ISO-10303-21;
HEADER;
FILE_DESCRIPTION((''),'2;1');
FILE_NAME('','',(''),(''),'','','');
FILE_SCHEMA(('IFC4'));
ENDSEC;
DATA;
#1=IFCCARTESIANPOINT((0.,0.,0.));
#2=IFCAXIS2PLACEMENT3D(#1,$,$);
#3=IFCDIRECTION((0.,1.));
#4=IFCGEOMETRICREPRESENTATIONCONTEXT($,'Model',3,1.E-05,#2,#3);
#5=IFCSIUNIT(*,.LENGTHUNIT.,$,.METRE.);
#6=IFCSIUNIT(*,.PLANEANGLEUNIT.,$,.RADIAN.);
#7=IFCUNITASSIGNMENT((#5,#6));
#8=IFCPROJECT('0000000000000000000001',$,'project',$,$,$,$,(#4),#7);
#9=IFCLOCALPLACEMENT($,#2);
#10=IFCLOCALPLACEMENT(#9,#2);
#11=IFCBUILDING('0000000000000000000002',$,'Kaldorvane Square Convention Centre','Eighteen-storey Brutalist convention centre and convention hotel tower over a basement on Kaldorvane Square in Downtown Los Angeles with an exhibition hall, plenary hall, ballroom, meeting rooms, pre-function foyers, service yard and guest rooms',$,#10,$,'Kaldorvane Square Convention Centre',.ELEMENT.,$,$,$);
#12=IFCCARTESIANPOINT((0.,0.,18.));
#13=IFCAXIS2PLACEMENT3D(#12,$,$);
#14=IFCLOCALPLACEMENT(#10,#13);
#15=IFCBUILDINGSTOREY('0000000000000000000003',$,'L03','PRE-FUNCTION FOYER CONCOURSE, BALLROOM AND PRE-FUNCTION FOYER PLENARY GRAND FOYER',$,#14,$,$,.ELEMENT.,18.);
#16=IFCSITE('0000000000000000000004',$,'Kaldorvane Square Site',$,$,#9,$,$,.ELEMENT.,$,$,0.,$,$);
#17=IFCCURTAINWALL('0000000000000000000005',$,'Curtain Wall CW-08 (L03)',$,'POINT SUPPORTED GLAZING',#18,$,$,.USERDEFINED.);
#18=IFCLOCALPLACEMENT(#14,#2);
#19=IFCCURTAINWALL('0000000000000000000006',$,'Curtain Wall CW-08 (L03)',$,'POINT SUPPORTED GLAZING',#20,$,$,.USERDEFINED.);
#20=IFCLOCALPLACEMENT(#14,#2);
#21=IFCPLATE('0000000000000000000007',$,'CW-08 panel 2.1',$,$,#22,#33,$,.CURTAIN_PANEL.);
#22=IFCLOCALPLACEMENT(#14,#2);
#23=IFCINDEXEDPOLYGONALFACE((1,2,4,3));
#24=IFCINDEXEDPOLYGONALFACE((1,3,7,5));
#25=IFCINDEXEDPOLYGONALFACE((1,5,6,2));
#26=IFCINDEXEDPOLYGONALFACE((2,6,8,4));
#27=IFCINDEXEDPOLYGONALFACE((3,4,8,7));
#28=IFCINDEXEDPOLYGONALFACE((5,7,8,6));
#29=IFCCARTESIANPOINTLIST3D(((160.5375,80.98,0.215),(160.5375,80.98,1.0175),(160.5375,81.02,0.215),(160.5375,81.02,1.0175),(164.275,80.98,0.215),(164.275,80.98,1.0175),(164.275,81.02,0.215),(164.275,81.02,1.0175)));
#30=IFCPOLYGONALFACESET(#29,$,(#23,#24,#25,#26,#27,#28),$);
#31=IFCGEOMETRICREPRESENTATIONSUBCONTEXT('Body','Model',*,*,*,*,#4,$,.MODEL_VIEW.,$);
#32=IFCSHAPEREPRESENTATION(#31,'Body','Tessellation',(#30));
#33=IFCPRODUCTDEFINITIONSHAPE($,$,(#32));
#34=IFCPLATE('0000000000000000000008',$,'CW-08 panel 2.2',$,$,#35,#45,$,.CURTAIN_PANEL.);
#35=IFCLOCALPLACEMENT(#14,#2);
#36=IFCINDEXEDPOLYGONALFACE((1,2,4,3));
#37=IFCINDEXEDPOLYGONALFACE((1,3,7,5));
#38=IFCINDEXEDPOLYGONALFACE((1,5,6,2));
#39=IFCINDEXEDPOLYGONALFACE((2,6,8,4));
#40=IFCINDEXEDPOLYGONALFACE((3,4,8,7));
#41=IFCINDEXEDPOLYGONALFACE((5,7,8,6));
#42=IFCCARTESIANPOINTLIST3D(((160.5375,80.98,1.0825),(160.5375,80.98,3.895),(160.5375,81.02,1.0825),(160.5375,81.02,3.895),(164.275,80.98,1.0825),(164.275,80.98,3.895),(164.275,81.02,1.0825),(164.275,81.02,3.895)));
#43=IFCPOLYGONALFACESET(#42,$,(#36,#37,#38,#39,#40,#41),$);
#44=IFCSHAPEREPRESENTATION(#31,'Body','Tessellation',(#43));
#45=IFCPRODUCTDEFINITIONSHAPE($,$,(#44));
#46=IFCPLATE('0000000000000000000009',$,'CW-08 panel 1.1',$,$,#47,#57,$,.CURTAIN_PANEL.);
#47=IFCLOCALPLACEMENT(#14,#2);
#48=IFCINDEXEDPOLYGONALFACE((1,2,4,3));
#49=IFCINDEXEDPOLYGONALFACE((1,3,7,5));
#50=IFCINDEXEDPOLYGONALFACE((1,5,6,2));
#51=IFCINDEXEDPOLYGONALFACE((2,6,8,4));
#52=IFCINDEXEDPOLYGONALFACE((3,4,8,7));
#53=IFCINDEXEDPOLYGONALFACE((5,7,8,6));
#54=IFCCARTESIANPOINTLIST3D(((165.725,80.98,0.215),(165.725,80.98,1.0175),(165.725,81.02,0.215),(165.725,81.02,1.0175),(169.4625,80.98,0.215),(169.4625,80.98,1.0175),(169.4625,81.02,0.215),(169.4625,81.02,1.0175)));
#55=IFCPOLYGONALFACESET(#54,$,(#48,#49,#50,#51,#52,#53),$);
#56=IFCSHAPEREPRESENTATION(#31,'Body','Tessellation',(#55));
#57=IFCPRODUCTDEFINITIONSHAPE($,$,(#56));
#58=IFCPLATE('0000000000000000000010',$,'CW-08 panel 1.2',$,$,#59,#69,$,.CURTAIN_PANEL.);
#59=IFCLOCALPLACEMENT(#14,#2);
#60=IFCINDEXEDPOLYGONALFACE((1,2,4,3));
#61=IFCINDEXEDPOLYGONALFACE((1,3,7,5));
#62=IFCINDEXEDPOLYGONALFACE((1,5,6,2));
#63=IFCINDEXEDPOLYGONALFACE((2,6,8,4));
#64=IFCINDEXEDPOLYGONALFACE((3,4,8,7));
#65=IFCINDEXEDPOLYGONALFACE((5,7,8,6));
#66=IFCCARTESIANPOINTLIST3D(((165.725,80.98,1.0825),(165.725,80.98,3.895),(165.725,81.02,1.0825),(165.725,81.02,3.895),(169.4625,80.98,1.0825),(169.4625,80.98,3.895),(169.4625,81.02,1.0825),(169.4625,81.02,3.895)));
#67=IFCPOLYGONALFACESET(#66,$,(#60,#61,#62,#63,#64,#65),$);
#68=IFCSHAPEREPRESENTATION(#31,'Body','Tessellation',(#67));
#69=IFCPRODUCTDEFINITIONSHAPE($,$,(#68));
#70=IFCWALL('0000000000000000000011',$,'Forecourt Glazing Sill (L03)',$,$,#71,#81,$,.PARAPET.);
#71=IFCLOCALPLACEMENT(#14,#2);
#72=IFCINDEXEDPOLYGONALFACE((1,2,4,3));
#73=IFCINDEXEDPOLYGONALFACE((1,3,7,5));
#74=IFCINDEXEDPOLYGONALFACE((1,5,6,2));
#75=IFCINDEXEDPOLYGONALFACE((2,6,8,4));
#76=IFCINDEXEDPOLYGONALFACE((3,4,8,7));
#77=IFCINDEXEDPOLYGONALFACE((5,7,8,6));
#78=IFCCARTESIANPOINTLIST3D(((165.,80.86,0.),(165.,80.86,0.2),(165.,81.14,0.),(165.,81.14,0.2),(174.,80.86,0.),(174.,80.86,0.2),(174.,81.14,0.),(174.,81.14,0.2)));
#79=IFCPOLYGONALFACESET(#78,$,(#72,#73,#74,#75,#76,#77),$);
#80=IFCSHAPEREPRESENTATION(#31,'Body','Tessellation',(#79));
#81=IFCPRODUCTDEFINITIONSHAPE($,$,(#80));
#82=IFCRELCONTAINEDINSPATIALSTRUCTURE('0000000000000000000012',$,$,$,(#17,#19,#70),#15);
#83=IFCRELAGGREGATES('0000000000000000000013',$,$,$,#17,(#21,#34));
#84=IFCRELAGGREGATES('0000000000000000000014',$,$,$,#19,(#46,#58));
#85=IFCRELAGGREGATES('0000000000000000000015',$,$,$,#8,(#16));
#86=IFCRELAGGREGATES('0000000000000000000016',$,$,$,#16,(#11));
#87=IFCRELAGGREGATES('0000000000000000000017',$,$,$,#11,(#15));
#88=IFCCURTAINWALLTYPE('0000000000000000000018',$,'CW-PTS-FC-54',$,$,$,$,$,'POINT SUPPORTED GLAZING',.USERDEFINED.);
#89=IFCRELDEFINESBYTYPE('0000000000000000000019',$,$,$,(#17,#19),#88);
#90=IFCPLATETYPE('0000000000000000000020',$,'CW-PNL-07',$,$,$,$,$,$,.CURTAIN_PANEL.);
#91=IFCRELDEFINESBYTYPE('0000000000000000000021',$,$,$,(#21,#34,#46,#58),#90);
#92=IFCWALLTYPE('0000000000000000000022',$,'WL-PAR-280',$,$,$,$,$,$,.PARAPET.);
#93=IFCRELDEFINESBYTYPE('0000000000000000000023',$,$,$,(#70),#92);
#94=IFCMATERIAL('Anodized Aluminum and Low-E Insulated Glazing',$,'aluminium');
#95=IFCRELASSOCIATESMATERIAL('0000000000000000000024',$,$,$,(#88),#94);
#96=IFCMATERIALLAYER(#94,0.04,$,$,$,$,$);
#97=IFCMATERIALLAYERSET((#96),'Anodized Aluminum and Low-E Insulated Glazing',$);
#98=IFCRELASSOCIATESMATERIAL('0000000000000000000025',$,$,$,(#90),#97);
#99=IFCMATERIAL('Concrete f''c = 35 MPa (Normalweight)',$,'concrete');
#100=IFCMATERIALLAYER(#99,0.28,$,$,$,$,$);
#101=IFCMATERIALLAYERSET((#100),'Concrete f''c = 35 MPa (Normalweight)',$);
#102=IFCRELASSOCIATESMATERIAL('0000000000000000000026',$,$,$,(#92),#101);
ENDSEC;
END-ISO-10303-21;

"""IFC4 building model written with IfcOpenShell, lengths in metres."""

from ifc_helpers import new_model, si_unit, direction, frame, frame_2d, origin, origin_2d, place, context, subcontext, project, spatial, rectangle, extrude, material, layer, layer_set, type_object, element, aggregate, save


model = new_model("IFC4")

# Units and contexts
model_context = context("Model", 3, precision=1e-05, world=origin(), true_north=direction((0.0, 1.0)))
body_context = subcontext(model_context, "Body", "Model", "MODEL_VIEW")
ifc_project = project(units=[si_unit("LENGTHUNIT", "METRE"), si_unit("PLANEANGLEUNIT", "RADIAN")], contexts=[model_context])

# Site, building, storey
site_placement = place(None, origin())
site = spatial("IfcSite", under=ifc_project, at=site_placement, Name="Kaldorvane Square Site", CompositionType="ELEMENT", RefElevation=0.0)
building_placement = place(site_placement, origin())
building = spatial("IfcBuilding", under=site, at=building_placement, Name="Kaldorvane Square Convention Centre", Description="Eighteen-storey Brutalist convention centre and convention hotel tower over a basement on Kaldorvane Square in Downtown Los Angeles with an exhibition hall, plenary hall, ballroom, meeting rooms, pre-function foyers, service yard and guest rooms", LongName="Kaldorvane Square Convention Centre", CompositionType="ELEMENT")
storey_placement = place(building_placement, frame((0.0, 0.0, 18.0)))
storey = spatial("IfcBuildingStorey", under=building, at=storey_placement, Name="L03", Description="PRE-FUNCTION FOYER CONCOURSE, BALLROOM AND PRE-FUNCTION FOYER PLENARY GRAND FOYER", CompositionType="ELEMENT", Elevation=18.0)

# Curtain walls
ifc_material_1 = material(Name="Anodized Aluminum and Low-E Insulated Glazing", Category="aluminium")
curtain_wall_type = type_object("IfcCurtainWallType", Name="CW-PTS-FC-54", ElementType="POINT SUPPORTED GLAZING", PredefinedType="USERDEFINED", material=ifc_material_1)
curtain_wall_1_placement = place(storey_placement, origin())
curtain_wall_1 = element("IfcCurtainWall", 1, at=curtain_wall_1_placement, inside=storey, type_object=curtain_wall_type, Name="Curtain Wall CW-08 (L03)", ObjectType="POINT SUPPORTED GLAZING", PredefinedType="USERDEFINED")
curtain_wall_2_placement = place(storey_placement, origin())
curtain_wall_2 = element("IfcCurtainWall", 2, at=curtain_wall_2_placement, inside=storey, type_object=curtain_wall_type, Name="Curtain Wall CW-08 (L03)", ObjectType="POINT SUPPORTED GLAZING", PredefinedType="USERDEFINED")

# Plates
ifc_layer_1 = layer(ifc_material_1, 0.04)
ifc_layer_set_1 = layer_set([ifc_layer_1], Name="Anodized Aluminum and Low-E Insulated Glazing")
plate_type = type_object("IfcPlateType", Name="CW-PNL-07", PredefinedType="CURTAIN_PANEL", material=ifc_layer_set_1)
plate_1_placement = place(storey_placement, frame((162.4062, 81.0, 0.215), z_axis=(0.0, 0.0, 1.0), x_axis=(1.0, 0.0, 0.0)))
plate_1 = element("IfcPlate", 3, at=plate_1_placement, type_object=plate_type, Name="CW-08 panel 2.1", PredefinedType="CURTAIN_PANEL", context=body_context, shape_type="SweptSolid", body=[
    extrude(rectangle(XDim=3.7375, YDim=0.04, at=origin_2d()), origin(), (0.0, 0.0, 1.0), 0.8025),
])
plate_2_placement = place(storey_placement, frame((162.4062, 81.0, 1.0825), z_axis=(0.0, 0.0, 1.0), x_axis=(1.0, 0.0, 0.0)))
plate_2 = element("IfcPlate", 4, at=plate_2_placement, type_object=plate_type, Name="CW-08 panel 2.2", PredefinedType="CURTAIN_PANEL", context=body_context, shape_type="SweptSolid", body=[
    extrude(rectangle(XDim=3.7375, YDim=0.04, at=origin_2d()), origin(), (0.0, 0.0, 1.0), 2.8125),
])
aggregate(curtain_wall_1, [plate_1, plate_2])
plate_3_placement = place(storey_placement, frame((167.5938, 81.0, 0.215), z_axis=(0.0, 0.0, 1.0), x_axis=(1.0, 0.0, 0.0)))
plate_3 = element("IfcPlate", 5, at=plate_3_placement, type_object=plate_type, Name="CW-08 panel 1.1", PredefinedType="CURTAIN_PANEL", context=body_context, shape_type="SweptSolid", body=[
    extrude(rectangle(XDim=3.7375, YDim=0.04, at=origin_2d()), origin(), (0.0, 0.0, 1.0), 0.8025),
])
plate_4_placement = place(storey_placement, frame((167.5938, 81.0, 1.0825), z_axis=(0.0, 0.0, 1.0), x_axis=(1.0, 0.0, 0.0)))
plate_4 = element("IfcPlate", 6, at=plate_4_placement, type_object=plate_type, Name="CW-08 panel 1.2", PredefinedType="CURTAIN_PANEL", context=body_context, shape_type="SweptSolid", body=[
    extrude(rectangle(XDim=3.7375, YDim=0.04, at=origin_2d()), origin(), (0.0, 0.0, 1.0), 2.8125),
])
aggregate(curtain_wall_2, [plate_3, plate_4])

# Wall
ifc_material_2 = material(Name="Concrete f'c = 35 MPa (Normalweight)", Category="concrete")
ifc_layer_2 = layer(ifc_material_2, 0.28)
ifc_layer_set_2 = layer_set([ifc_layer_2], Name="Concrete f'c = 35 MPa (Normalweight)")
wall_type = type_object("IfcWallType", Name="WL-PAR-280", PredefinedType="PARAPET", material=ifc_layer_set_2)
wall_placement = place(storey_placement, frame((165.0, 81.0, 0.0), z_axis=(0.0, 0.0, 1.0), x_axis=(1.0, 0.0, 0.0)))
element("IfcWall", 7, at=wall_placement, inside=storey, type_object=wall_type, Name="Forecourt Glazing Sill (L03)", PredefinedType="PARAPET", context=body_context, shape_type="SweptSolid", body=[
    extrude(rectangle(XDim=9.0, YDim=0.28, at=frame_2d((4.5, 0.0))), origin(), (0.0, 0.0, 1.0), 0.2),
])

save(model, "model.ifc")
